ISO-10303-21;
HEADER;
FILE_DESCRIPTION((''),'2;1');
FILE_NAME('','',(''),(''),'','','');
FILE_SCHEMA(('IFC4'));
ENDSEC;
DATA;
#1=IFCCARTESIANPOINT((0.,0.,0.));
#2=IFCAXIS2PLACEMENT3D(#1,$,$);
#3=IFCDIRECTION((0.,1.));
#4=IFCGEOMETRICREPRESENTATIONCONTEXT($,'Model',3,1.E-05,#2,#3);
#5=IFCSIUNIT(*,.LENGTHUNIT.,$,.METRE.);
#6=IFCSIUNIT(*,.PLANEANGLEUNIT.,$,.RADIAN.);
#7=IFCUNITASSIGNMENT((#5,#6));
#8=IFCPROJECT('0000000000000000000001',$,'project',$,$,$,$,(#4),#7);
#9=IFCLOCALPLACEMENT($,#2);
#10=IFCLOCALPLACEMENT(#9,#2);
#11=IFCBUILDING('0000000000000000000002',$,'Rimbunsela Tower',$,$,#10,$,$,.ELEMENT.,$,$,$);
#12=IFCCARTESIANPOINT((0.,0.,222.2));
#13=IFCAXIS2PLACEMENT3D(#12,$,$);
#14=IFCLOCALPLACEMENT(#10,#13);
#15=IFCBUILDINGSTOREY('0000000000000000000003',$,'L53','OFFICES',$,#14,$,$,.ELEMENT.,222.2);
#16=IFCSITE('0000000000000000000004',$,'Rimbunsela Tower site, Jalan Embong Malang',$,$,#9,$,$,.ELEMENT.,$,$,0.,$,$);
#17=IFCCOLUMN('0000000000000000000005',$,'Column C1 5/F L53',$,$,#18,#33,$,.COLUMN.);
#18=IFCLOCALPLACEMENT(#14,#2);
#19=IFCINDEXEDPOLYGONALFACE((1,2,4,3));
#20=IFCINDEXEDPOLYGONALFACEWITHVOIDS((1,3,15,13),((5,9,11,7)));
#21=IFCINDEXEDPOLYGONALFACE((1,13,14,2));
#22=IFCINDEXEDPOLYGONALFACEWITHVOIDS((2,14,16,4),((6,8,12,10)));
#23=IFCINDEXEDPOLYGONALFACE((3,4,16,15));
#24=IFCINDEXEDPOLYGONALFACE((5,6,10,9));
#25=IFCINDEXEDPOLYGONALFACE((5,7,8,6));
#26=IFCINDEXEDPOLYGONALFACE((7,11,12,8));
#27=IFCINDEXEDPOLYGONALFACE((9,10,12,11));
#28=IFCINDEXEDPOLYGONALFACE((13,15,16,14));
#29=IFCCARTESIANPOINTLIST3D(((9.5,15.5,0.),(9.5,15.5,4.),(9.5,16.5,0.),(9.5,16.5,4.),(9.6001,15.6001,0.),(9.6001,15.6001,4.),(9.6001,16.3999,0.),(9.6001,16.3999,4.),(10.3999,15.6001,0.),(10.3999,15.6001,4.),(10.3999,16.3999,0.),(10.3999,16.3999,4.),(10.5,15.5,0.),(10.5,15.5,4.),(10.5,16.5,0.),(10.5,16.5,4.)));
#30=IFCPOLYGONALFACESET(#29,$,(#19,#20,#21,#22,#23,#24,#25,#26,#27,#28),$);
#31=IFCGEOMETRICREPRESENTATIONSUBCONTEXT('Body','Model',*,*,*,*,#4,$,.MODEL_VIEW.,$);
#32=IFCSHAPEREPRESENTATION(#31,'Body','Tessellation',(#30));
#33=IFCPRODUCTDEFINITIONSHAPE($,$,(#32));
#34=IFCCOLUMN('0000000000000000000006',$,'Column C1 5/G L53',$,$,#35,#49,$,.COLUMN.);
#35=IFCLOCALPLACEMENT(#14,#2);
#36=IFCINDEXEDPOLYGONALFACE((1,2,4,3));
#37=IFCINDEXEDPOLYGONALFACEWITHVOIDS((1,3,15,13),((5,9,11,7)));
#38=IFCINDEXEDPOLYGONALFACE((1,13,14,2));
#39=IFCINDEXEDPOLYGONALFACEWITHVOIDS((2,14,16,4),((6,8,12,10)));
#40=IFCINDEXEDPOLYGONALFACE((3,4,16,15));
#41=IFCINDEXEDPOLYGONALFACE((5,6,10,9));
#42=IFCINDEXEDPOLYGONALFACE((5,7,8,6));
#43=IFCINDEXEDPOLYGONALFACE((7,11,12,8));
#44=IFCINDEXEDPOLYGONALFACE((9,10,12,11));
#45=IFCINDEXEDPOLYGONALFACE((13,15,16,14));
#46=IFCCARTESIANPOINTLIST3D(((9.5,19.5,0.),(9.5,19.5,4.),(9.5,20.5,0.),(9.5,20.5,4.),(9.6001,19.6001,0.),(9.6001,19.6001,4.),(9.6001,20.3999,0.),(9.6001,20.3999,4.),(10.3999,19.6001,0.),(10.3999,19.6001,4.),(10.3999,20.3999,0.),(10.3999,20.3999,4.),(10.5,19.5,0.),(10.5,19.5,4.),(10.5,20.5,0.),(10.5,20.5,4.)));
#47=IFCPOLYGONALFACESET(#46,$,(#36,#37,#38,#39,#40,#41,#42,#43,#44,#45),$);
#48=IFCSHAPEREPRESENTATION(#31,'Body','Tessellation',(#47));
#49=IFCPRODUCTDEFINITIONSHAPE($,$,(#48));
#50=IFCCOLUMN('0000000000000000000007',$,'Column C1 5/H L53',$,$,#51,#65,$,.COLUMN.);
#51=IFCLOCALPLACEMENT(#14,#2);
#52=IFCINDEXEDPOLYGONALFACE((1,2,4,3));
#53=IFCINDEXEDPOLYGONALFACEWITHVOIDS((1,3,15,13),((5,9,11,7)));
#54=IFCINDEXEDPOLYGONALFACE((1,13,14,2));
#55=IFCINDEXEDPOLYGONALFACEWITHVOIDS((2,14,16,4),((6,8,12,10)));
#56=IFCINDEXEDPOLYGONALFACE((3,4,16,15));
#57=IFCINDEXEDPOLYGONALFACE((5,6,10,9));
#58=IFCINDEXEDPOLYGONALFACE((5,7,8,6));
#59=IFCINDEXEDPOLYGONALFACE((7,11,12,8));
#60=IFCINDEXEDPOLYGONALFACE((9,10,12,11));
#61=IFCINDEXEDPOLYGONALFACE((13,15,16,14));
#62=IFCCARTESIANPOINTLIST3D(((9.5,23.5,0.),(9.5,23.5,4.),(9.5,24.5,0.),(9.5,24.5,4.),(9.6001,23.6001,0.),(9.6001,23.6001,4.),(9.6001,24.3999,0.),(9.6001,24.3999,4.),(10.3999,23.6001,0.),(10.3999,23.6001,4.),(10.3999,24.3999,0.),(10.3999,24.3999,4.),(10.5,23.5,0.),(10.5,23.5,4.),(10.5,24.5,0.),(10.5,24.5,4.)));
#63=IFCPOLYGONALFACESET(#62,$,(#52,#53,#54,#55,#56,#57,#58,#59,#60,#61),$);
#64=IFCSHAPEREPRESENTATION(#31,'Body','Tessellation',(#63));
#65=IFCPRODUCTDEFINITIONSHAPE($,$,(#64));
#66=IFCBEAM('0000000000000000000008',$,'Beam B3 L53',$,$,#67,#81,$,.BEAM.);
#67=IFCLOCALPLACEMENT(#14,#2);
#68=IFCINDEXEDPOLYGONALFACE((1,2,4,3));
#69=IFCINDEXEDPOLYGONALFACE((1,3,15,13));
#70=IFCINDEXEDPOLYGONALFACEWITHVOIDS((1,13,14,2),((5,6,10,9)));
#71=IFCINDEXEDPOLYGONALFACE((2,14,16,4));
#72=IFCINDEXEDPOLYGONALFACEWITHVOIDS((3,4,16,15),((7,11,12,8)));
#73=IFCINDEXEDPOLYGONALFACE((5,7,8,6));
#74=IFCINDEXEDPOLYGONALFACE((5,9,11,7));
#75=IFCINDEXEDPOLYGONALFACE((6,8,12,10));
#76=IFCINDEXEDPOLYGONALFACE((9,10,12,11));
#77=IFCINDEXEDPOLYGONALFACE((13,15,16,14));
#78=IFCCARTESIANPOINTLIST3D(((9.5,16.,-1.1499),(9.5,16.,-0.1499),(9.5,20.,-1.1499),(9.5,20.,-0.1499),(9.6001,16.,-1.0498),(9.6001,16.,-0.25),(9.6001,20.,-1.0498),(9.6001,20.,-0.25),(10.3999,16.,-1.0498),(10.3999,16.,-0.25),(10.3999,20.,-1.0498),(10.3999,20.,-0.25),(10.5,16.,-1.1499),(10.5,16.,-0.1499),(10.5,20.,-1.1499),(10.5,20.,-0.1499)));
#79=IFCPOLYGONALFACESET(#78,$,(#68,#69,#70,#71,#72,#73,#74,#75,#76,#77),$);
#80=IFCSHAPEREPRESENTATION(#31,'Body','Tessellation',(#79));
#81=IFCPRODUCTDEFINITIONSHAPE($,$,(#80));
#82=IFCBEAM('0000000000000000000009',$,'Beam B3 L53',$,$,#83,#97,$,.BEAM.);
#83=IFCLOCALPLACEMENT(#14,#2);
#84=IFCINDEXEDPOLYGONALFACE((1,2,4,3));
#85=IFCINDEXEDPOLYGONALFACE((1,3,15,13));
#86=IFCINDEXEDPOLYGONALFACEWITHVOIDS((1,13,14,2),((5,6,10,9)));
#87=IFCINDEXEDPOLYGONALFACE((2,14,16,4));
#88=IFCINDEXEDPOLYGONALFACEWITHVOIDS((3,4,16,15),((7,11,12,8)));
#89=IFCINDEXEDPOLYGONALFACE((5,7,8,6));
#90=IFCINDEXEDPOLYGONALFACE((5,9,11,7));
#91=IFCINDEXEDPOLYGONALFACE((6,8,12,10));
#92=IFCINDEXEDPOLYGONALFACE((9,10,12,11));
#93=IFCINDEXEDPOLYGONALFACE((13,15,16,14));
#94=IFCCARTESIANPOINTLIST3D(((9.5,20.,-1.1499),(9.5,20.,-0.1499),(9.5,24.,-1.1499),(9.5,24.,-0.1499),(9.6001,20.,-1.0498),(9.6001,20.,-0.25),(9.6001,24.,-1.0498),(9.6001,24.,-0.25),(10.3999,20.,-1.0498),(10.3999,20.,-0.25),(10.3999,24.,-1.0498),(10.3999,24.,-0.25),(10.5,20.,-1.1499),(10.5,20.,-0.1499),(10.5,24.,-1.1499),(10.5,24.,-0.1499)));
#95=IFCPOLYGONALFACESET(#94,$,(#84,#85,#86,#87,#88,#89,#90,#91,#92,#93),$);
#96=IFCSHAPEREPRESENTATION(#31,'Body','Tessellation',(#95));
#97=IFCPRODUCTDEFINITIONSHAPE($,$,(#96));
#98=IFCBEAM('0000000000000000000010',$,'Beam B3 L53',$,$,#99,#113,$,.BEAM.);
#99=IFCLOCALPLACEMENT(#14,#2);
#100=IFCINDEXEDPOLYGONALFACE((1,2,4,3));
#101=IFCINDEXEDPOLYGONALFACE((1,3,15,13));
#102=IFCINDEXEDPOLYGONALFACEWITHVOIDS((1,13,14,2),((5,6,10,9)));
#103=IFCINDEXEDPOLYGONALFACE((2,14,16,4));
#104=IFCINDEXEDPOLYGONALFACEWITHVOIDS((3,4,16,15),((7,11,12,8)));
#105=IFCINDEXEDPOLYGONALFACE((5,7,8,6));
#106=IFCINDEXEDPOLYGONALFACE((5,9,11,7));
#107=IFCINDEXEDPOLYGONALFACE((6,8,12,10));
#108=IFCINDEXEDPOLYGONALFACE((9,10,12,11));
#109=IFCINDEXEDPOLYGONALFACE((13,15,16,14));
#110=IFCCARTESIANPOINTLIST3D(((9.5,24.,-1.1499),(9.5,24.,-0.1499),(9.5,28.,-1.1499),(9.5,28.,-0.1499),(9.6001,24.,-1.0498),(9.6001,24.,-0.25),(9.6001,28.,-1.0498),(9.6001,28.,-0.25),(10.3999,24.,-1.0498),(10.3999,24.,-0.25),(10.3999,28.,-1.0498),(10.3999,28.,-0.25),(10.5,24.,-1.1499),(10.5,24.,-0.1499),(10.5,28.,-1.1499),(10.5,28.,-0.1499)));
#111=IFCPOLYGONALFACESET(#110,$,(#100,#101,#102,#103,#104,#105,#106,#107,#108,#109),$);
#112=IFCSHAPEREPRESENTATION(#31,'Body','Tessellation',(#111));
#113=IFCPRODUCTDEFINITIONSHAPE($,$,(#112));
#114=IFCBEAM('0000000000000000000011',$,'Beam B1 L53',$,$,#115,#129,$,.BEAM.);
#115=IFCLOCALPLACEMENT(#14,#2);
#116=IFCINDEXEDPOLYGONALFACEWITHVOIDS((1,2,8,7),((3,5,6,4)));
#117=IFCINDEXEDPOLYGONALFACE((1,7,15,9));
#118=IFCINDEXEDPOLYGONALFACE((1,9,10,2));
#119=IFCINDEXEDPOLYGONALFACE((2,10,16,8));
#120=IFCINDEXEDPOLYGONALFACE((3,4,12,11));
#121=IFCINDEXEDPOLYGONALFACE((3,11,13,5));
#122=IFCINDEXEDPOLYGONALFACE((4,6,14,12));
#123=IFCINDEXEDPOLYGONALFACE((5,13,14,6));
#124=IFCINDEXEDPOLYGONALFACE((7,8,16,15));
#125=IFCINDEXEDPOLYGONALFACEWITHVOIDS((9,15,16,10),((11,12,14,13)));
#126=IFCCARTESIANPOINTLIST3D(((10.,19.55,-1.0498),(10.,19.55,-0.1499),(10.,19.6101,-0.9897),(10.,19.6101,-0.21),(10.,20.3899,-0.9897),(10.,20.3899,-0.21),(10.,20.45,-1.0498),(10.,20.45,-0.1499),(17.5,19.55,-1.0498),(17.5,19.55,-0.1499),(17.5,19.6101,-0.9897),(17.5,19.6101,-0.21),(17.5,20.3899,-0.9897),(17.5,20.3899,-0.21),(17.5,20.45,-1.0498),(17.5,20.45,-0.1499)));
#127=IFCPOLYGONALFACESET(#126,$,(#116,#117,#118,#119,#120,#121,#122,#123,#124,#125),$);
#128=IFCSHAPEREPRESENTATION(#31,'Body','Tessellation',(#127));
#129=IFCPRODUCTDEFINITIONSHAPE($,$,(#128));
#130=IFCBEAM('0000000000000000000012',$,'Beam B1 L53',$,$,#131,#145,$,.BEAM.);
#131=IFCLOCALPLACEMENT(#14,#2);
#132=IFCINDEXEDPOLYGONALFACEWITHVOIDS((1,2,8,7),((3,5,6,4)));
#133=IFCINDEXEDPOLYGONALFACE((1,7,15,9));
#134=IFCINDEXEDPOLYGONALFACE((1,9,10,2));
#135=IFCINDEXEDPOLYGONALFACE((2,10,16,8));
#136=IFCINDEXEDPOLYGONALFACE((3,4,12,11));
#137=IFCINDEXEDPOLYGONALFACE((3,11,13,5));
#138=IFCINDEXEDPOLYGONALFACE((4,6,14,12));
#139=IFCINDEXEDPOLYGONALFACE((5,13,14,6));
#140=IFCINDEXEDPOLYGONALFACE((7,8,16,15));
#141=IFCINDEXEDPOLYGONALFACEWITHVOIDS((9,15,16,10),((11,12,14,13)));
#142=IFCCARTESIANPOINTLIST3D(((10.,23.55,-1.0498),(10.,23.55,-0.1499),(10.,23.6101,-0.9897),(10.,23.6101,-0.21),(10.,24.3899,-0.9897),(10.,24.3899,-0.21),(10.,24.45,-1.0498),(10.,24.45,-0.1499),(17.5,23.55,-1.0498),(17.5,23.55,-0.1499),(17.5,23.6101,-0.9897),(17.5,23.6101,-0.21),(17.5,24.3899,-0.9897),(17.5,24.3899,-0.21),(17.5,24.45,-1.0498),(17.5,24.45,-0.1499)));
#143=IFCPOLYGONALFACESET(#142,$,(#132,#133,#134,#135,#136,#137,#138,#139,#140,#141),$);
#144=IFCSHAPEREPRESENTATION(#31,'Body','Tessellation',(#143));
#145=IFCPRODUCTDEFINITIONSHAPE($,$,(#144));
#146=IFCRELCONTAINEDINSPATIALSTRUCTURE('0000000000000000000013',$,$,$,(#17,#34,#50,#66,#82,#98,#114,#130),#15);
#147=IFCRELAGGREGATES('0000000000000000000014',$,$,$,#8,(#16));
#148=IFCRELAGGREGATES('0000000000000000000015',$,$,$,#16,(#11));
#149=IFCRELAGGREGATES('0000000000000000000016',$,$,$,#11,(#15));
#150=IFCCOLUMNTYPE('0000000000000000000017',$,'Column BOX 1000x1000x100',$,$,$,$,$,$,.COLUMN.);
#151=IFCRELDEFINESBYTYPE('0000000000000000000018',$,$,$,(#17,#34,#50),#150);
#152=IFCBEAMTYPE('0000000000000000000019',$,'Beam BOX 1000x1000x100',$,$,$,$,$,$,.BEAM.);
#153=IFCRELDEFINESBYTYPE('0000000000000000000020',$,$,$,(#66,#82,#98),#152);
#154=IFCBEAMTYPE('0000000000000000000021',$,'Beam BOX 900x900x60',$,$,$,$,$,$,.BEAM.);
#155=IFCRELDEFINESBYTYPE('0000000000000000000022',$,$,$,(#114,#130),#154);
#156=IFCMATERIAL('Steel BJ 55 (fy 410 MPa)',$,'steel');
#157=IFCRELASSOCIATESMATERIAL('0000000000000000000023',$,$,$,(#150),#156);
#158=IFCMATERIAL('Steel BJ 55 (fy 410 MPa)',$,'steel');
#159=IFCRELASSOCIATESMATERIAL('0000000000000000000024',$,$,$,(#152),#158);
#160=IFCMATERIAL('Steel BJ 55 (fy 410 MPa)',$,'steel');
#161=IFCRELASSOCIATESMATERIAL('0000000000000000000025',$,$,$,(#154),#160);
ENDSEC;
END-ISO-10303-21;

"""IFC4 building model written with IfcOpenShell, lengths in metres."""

from ifc_helpers import new_model, si_unit, direction, frame, origin, origin_2d, place, context, subcontext, project, spatial, hollow_rectangle, extrude, material, material_profile, profile_set, type_object, element, save


model = new_model("IFC4")

# Units and contexts
model_context = context("Model", 3, precision=1e-05, world=origin(), true_north=direction((0.0, 1.0)))
body_context = subcontext(model_context, "Body", "Model", "MODEL_VIEW")
ifc_project = project(units=[si_unit("LENGTHUNIT", "METRE"), si_unit("PLANEANGLEUNIT", "RADIAN")], contexts=[model_context])

# Site, building, storey
site_placement = place(None, origin())
site = spatial("IfcSite", under=ifc_project, at=site_placement, Name="Rimbunsela Tower site, Jalan Embong Malang", CompositionType="ELEMENT", RefElevation=0.0)
building_placement = place(site_placement, origin())
building = spatial("IfcBuilding", under=site, at=building_placement, Name="Rimbunsela Tower", CompositionType="ELEMENT")
storey_placement = place(building_placement, frame((0.0, 0.0, 222.2)))
storey = spatial("IfcBuildingStorey", under=building, at=storey_placement, Name="L53", Description="OFFICES", CompositionType="ELEMENT", Elevation=222.2)

# Columns
ifc_material_1 = material(Name="Steel BJ 55 (fy 410 MPa)", Category="steel")
ifc_material_profile_1 = material_profile(ifc_material_1, hollow_rectangle(XDim=1.0, YDim=1.0, WallThickness=0.1001, at=origin_2d()), Name="BOX 1000x1000x100")
ifc_profile_set_1 = profile_set([ifc_material_profile_1], Name="Steel BJ 55 (fy 410 MPa)")
column_type = type_object("IfcColumnType", Name="Column BOX 1000x1000x100", PredefinedType="COLUMN", material=ifc_profile_set_1)
for number, where, z_axis, x_axis, name in (
    (1, (10.0, 16.0, 0.0), (0.0, 0.0, 1.0), (1.0, 0.0, 0.0), "Column C1 5/F L53"),
    (2, (10.0, 20.0, 0.0), (0.0, 0.0, 1.0), (1.0, 0.0, 0.0), "Column C1 5/G L53"),
    (3, (10.0, 24.0, 0.0), (0.0, 0.0, 1.0), (1.0, 0.0, 0.0), "Column C1 5/H L53"),
):
    element("IfcColumn", number, at=place(storey_placement, frame(where, z_axis=z_axis, x_axis=x_axis)), inside=storey, type_object=column_type, Name=name, PredefinedType="COLUMN", context=body_context, shape_type="SweptSolid", body=[
        extrude(hollow_rectangle(XDim=1.0, YDim=1.0, WallThickness=0.1001, at=origin_2d()), origin(), (0.0, 0.0, 1.0), 4.0),
    ])

# Beams
ifc_material_2 = material(Name="Steel BJ 55 (fy 410 MPa)", Category="steel")
ifc_material_profile_2 = material_profile(ifc_material_2, hollow_rectangle(XDim=1.0, YDim=1.0, WallThickness=0.1001, at=origin_2d()), Name="BOX 1000x1000x100")
ifc_profile_set_2 = profile_set([ifc_material_profile_2], Name="Steel BJ 55 (fy 410 MPa)")
beam_type_1 = type_object("IfcBeamType", Name="Beam BOX 1000x1000x100", PredefinedType="BEAM", material=ifc_profile_set_2)
for number, where, z_axis, x_axis, name in (
    (4, (10.0, 16.0, -0.6499), (0.0, 1.0, 0.0), (-1.0, 0.0, 0.0), "Beam B3 L53"),
    (5, (10.0, 20.0, -0.6499), (0.0, 1.0, 0.0), (-1.0, 0.0, 0.0), "Beam B3 L53"),
    (6, (10.0, 24.0, -0.6499), (0.0, 1.0, 0.0), (-1.0, 0.0, 0.0), "Beam B3 L53"),
):
    element("IfcBeam", number, at=place(storey_placement, frame(where, z_axis=z_axis, x_axis=x_axis)), inside=storey, type_object=beam_type_1, Name=name, PredefinedType="BEAM", context=body_context, shape_type="SweptSolid", body=[
        extrude(hollow_rectangle(XDim=1.0, YDim=1.0, WallThickness=0.1001, at=origin_2d()), origin(), (0.0, 0.0, 1.0), 4.0),
    ])
ifc_material_3 = material(Name="Steel BJ 55 (fy 410 MPa)", Category="steel")
ifc_material_profile_3 = material_profile(ifc_material_3, hollow_rectangle(XDim=0.8999, YDim=0.8999, WallThickness=0.0601, at=origin_2d()), Name="BOX 900x900x60")
ifc_profile_set_3 = profile_set([ifc_material_profile_3], Name="Steel BJ 55 (fy 410 MPa)")
beam_type_2 = type_object("IfcBeamType", Name="Beam BOX 900x900x60", PredefinedType="BEAM", material=ifc_profile_set_3)
for number, where, z_axis, x_axis, name in (
    (7, (10.0, 20.0, -0.5999), (1.0, 0.0, 0.0), (0.0, 1.0, 0.0), "Beam B1 L53"),
    (8, (10.0, 24.0, -0.5999), (1.0, 0.0, 0.0), (0.0, 1.0, 0.0), "Beam B1 L53"),
):
    element("IfcBeam", number, at=place(storey_placement, frame(where, z_axis=z_axis, x_axis=x_axis)), inside=storey, type_object=beam_type_2, Name=name, PredefinedType="BEAM", context=body_context, shape_type="SweptSolid", body=[
        extrude(hollow_rectangle(XDim=0.8999, YDim=0.8999, WallThickness=0.0601, at=origin_2d()), origin(), (0.0, 0.0, 1.0), 7.5),
    ])

save(model, "model.ifc")
